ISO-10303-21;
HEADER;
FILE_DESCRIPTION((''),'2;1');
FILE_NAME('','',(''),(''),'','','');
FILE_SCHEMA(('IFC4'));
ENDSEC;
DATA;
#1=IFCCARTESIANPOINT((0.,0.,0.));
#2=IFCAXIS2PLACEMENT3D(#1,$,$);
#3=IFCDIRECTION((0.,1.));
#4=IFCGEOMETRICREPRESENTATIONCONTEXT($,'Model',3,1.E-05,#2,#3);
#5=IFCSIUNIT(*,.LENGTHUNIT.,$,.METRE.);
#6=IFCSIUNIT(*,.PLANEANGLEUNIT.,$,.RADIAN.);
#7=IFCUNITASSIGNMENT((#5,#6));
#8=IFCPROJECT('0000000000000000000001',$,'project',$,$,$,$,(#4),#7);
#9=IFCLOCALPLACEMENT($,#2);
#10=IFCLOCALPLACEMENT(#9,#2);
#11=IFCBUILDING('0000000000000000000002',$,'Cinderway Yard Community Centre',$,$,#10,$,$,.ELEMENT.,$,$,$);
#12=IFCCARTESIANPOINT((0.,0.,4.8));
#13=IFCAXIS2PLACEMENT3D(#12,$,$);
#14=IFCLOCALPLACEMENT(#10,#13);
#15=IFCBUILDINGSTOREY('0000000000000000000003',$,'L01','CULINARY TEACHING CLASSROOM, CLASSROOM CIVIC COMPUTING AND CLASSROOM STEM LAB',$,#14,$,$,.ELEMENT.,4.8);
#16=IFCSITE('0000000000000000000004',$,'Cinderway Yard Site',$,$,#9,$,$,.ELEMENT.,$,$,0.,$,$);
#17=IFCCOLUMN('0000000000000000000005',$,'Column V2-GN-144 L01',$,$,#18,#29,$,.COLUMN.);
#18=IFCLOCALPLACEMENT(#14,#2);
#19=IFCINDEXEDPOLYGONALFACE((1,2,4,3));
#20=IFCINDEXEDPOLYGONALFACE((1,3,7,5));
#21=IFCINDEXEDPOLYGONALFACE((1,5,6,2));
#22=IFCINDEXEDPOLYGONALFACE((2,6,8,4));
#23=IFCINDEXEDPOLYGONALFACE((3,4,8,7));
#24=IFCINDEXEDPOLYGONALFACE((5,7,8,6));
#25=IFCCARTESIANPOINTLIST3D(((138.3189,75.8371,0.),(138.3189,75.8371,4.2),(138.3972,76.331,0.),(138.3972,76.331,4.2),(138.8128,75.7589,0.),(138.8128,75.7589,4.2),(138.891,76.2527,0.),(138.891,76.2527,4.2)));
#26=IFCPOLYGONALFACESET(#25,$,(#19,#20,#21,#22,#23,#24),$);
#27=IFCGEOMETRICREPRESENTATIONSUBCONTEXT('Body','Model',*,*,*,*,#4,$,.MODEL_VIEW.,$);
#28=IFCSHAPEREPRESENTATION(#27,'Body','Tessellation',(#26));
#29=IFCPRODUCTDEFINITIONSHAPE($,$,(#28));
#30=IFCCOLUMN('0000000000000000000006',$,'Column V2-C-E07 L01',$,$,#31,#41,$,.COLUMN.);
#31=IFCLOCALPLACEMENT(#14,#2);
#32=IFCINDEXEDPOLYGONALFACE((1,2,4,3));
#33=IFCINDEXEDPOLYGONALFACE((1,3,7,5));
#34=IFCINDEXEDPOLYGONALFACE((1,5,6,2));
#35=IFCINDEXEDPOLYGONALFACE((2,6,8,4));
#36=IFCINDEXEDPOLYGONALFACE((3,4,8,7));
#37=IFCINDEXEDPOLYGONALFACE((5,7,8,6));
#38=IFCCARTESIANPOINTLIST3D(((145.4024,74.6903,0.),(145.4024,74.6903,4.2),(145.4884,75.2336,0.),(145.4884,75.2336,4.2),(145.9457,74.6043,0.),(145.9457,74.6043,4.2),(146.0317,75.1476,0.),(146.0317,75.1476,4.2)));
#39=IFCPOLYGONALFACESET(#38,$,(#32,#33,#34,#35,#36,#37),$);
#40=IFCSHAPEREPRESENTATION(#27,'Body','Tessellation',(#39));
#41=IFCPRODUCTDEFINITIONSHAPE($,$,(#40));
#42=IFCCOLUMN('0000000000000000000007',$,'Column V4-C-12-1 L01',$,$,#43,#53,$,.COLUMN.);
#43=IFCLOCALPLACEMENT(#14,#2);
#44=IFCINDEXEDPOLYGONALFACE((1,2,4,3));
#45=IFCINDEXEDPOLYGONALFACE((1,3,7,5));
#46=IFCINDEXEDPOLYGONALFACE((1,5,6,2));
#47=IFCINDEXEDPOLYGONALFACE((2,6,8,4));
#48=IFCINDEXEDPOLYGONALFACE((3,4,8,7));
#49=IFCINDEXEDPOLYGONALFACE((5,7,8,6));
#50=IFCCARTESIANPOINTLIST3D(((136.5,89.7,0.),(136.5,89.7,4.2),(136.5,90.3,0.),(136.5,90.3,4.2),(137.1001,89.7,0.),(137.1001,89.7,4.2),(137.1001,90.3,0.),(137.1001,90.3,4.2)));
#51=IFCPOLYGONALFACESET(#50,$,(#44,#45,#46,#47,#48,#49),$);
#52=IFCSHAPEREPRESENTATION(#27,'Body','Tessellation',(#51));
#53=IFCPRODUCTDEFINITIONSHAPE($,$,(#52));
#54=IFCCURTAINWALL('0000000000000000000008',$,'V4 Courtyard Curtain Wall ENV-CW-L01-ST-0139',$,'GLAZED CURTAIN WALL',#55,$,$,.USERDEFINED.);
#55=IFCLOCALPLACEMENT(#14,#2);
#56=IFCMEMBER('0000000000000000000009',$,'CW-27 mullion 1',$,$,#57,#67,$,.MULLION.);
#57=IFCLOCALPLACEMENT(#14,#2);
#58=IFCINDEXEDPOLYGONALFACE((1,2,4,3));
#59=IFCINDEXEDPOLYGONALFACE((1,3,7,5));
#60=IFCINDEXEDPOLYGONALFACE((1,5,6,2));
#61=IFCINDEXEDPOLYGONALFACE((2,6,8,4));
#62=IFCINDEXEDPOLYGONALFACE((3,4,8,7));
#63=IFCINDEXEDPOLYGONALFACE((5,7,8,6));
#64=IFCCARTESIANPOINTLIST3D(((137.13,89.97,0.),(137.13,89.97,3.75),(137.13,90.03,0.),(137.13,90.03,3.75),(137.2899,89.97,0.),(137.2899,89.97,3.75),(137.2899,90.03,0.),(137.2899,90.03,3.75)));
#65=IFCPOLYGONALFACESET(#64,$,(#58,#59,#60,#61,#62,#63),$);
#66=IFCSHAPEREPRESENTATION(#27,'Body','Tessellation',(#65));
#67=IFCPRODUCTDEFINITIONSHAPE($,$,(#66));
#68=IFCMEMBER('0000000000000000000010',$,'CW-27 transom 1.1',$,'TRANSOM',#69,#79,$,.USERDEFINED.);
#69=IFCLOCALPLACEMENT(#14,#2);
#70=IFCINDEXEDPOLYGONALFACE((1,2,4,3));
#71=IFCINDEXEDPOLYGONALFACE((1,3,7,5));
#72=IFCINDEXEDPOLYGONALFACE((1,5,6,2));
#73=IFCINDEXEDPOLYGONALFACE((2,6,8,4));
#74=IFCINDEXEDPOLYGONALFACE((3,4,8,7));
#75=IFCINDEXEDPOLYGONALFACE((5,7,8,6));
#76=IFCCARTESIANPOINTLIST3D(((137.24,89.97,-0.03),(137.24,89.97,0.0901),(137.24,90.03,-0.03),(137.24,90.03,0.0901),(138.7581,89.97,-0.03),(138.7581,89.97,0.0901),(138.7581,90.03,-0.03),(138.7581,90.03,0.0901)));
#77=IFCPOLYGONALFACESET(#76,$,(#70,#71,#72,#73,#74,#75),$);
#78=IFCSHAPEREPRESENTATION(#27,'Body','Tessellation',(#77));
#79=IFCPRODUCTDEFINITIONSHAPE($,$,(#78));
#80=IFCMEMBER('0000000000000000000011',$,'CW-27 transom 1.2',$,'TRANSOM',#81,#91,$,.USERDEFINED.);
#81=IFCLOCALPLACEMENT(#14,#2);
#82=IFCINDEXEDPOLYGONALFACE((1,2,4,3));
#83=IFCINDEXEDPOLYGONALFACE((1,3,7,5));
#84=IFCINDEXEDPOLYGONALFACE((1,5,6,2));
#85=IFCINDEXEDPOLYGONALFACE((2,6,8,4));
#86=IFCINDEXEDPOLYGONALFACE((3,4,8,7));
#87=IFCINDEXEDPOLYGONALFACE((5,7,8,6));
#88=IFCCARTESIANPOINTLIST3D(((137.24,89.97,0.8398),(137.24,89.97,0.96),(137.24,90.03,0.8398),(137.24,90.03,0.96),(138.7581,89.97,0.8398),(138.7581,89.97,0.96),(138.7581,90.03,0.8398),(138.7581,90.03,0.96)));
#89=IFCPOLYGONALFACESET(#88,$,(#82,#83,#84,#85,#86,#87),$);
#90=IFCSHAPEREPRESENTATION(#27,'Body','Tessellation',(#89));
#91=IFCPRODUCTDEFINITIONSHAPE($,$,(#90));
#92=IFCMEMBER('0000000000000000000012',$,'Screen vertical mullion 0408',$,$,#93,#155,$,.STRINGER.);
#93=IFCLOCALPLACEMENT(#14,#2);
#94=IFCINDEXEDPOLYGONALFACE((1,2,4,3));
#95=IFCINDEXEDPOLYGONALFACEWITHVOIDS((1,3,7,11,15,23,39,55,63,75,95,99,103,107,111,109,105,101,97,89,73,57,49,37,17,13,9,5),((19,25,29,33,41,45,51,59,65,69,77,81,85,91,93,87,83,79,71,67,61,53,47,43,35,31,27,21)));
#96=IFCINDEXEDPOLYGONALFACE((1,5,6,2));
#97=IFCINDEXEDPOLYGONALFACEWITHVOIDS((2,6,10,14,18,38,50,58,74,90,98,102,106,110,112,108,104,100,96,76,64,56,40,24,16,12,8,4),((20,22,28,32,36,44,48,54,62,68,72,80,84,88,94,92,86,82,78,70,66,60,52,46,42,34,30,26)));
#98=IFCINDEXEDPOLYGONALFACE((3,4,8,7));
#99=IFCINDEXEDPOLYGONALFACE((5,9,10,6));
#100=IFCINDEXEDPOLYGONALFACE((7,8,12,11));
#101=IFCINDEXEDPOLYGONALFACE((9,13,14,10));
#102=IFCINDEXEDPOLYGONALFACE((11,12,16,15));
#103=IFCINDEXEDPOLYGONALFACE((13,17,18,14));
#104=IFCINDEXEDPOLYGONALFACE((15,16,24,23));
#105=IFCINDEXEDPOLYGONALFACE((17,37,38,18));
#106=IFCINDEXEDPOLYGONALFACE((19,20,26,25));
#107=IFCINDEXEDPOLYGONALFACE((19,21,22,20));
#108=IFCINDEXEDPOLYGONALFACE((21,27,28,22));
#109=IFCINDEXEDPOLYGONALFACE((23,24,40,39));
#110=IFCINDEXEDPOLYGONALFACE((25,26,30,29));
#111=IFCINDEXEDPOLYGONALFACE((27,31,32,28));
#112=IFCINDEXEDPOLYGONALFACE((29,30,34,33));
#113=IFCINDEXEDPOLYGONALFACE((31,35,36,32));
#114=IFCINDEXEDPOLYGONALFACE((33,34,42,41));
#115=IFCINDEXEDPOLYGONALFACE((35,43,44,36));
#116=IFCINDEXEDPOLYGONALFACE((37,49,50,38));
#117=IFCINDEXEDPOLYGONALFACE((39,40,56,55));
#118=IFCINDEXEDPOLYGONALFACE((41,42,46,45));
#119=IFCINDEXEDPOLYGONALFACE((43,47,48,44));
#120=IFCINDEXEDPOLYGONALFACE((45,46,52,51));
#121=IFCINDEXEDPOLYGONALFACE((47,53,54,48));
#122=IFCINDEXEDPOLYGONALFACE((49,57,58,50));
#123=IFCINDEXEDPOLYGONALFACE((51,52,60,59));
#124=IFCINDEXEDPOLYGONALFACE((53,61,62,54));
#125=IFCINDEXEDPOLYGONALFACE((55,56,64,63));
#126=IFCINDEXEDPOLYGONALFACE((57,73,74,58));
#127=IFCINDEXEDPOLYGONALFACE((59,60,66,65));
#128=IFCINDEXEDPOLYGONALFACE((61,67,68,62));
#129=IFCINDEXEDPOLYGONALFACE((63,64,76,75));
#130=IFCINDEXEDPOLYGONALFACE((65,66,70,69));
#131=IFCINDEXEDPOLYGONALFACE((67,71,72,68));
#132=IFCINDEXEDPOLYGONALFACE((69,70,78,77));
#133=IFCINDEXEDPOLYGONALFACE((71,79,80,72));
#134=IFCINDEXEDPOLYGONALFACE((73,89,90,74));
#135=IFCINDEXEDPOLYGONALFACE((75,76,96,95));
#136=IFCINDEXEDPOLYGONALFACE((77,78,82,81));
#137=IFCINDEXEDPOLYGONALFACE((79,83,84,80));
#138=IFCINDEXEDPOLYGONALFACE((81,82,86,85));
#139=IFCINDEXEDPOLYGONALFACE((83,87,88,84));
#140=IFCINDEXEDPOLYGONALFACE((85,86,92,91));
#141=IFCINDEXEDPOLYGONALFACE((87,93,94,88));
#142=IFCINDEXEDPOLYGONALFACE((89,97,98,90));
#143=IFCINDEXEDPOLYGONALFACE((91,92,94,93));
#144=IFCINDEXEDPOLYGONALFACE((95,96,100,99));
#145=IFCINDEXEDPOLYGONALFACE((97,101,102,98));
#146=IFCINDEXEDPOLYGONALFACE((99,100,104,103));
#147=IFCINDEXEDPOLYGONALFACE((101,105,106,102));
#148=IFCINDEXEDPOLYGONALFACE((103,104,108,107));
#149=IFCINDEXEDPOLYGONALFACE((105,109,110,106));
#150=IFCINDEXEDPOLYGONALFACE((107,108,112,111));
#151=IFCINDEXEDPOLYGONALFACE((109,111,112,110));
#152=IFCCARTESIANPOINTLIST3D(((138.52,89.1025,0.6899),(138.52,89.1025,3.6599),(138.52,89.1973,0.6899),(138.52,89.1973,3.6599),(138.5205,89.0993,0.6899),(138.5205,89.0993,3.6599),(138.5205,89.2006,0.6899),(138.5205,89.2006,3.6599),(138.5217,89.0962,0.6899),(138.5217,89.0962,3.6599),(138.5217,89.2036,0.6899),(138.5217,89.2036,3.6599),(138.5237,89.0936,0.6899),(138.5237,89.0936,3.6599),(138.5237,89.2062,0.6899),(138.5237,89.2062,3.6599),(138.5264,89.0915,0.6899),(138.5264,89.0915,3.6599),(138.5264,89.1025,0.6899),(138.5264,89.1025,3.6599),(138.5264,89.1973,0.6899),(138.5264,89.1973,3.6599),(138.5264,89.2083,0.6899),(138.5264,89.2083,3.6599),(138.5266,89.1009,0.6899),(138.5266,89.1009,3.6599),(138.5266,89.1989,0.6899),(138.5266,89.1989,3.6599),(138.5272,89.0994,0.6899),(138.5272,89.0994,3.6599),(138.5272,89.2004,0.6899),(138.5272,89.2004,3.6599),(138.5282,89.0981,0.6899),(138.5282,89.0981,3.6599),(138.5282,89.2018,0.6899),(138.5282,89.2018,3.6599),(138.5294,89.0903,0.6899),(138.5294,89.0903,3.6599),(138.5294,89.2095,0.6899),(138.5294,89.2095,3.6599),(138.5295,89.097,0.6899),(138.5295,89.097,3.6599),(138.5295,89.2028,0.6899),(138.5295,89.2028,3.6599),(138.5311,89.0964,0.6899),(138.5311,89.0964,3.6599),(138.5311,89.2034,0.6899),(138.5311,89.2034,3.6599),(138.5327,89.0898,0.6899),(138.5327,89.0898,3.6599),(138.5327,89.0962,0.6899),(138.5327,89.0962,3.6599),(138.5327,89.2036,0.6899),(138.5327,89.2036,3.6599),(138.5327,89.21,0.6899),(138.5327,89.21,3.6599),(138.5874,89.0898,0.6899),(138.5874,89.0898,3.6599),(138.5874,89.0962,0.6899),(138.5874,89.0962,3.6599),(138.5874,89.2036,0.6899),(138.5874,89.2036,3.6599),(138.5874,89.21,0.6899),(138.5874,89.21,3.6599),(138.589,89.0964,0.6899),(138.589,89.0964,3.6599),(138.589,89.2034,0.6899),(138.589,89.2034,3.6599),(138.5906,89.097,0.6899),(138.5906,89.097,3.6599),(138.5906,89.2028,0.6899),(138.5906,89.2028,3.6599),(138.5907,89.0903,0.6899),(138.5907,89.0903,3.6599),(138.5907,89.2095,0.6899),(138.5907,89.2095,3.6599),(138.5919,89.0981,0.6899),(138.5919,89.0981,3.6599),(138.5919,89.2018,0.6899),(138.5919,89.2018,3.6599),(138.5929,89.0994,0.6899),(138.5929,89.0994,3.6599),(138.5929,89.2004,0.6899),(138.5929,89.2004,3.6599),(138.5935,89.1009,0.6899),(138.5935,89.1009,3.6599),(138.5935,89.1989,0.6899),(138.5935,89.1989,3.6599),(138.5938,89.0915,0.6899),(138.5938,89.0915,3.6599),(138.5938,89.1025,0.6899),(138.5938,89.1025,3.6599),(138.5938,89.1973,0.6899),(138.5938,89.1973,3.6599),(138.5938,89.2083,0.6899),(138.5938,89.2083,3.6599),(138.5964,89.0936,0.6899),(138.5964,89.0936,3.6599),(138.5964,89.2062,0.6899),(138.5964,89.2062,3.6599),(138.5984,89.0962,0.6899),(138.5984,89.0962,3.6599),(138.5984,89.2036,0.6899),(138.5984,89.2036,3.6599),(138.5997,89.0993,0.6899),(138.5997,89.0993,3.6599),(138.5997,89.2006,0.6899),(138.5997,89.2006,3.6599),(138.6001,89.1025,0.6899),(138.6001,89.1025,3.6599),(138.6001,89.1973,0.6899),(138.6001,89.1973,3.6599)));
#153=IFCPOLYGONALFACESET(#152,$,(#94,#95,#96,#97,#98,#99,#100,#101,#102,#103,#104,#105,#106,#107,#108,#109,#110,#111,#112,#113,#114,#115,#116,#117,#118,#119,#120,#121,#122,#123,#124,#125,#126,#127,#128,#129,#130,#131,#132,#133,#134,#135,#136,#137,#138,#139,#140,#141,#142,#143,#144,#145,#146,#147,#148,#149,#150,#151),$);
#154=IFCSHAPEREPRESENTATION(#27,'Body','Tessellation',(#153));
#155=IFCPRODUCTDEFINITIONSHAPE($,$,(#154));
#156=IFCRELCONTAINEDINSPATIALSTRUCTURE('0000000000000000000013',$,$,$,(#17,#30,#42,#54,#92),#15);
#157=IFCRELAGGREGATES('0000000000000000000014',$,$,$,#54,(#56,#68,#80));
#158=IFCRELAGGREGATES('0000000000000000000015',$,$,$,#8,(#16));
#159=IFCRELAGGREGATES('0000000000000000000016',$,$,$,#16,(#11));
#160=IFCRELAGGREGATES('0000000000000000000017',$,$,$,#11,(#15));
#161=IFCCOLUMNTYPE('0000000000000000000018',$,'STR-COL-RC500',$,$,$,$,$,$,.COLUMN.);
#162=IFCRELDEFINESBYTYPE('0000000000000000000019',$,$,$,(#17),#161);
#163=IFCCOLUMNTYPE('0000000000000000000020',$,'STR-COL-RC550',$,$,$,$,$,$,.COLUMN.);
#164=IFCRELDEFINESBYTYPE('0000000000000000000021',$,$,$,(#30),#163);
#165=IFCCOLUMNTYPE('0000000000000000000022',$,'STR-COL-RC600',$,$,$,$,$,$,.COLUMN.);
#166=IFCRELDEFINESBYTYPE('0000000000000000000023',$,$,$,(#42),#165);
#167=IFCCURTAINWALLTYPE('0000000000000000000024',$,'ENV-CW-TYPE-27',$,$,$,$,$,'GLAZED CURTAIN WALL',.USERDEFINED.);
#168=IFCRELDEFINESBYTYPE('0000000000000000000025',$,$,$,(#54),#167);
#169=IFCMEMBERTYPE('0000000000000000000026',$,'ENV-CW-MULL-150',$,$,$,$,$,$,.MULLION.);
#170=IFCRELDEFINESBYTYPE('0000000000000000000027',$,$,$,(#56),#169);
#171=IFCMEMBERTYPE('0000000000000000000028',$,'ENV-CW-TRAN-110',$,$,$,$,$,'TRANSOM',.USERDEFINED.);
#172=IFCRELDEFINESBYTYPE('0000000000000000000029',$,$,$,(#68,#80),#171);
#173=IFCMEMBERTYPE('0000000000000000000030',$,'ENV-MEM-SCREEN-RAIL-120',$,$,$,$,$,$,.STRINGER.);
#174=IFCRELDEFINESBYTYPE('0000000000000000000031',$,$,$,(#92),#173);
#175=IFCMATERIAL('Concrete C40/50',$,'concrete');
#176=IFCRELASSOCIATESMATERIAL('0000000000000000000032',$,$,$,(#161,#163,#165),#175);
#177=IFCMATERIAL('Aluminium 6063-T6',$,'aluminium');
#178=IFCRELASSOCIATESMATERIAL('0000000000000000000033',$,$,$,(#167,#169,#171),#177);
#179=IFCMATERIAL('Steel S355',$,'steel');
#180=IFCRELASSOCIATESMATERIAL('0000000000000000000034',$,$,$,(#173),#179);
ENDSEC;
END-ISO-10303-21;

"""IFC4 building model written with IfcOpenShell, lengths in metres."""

from ifc_helpers import new_model, si_unit, direction, frame, origin, origin_2d, place, context, subcontext, project, spatial, rectangle, hollow_rectangle, extrude, material, material_profile, profile_set, type_object, element, aggregate, save


model = new_model("IFC4")

# Units and contexts
model_context = context("Model", 3, precision=1e-05, world=origin(), true_north=direction((0.0, 1.0)))
body_context = subcontext(model_context, "Body", "Model", "MODEL_VIEW")
ifc_project = project(units=[si_unit("LENGTHUNIT", "METRE"), si_unit("PLANEANGLEUNIT", "RADIAN")], contexts=[model_context])

# Site, building, storey
site_placement = place(None, origin())
site = spatial("IfcSite", under=ifc_project, at=site_placement, Name="Cinderway Yard Site", CompositionType="ELEMENT", RefElevation=0.0)
building_placement = place(site_placement, origin())
building = spatial("IfcBuilding", under=site, at=building_placement, Name="Cinderway Yard Community Centre", CompositionType="ELEMENT")
storey_placement = place(building_placement, frame((0.0, 0.0, 4.8)))
storey = spatial("IfcBuildingStorey", under=building, at=storey_placement, Name="L01", Description="CULINARY TEACHING CLASSROOM, CLASSROOM CIVIC COMPUTING AND CLASSROOM STEM LAB", CompositionType="ELEMENT", Elevation=4.8)

# Columns
ifc_material_1 = material(Name="Concrete C40/50", Category="concrete")
ifc_material_profile_1 = material_profile(ifc_material_1, rectangle(XDim=0.5, YDim=0.5, at=origin_2d()), Name="Concrete C40/50")
ifc_profile_set_1 = profile_set([ifc_material_profile_1], Name="Concrete C40/50")
column_type_1 = type_object("IfcColumnType", Name="STR-COL-RC500", PredefinedType="COLUMN", material=ifc_profile_set_1)
column_1_placement = place(storey_placement, frame((138.605, 76.0449, 0.0), z_axis=(0.0, 0.0, 1.0), x_axis=(0.987688, -0.156434, 0.0)))
element("IfcColumn", 1, at=column_1_placement, inside=storey, type_object=column_type_1, Name="Column V2-GN-144 L01", PredefinedType="COLUMN", context=body_context, shape_type="SweptSolid", body=[
    extrude(rectangle(XDim=0.5, YDim=0.5, at=origin_2d()), origin(), (0.0, 0.0, 1.0), 4.2),
])
ifc_material_profile_2 = material_profile(ifc_material_1, rectangle(XDim=0.55, YDim=0.55, at=origin_2d()), Name="Concrete C40/50")
ifc_profile_set_2 = profile_set([ifc_material_profile_2], Name="Concrete C40/50")
column_type_2 = type_object("IfcColumnType", Name="STR-COL-RC550", PredefinedType="COLUMN", material=ifc_profile_set_2)
column_2_placement = place(storey_placement, frame((145.717, 74.9189, 0.0), z_axis=(0.0, 0.0, 1.0), x_axis=(0.987688, -0.156434, 0.0)))
element("IfcColumn", 2, at=column_2_placement, inside=storey, type_object=column_type_2, Name="Column V2-C-E07 L01", PredefinedType="COLUMN", context=body_context, shape_type="SweptSolid", body=[
    extrude(rectangle(XDim=0.55, YDim=0.55, at=origin_2d()), origin(), (0.0, 0.0, 1.0), 4.2),
])
ifc_material_profile_3 = material_profile(ifc_material_1, rectangle(XDim=0.6001, YDim=0.6001, at=origin_2d()), Name="Concrete C40/50")
ifc_profile_set_3 = profile_set([ifc_material_profile_3], Name="Concrete C40/50")
column_type_3 = type_object("IfcColumnType", Name="STR-COL-RC600", PredefinedType="COLUMN", material=ifc_profile_set_3)
column_3_placement = place(storey_placement, frame((136.8, 90.0, 0.0), z_axis=(0.0, 0.0, 1.0), x_axis=(1.0, 0.0, 0.0)))
element("IfcColumn", 3, at=column_3_placement, inside=storey, type_object=column_type_3, Name="Column V4-C-12-1 L01", PredefinedType="COLUMN", context=body_context, shape_type="SweptSolid", body=[
    extrude(rectangle(XDim=0.6001, YDim=0.6001, at=origin_2d()), origin(), (0.0, 0.0, 1.0), 4.2),
])

# Curtain wall, members
ifc_material_2 = material(Name="Aluminium 6063-T6", Category="aluminium")
curtain_wall_type = type_object("IfcCurtainWallType", Name="ENV-CW-TYPE-27", ElementType="GLAZED CURTAIN WALL", PredefinedType="USERDEFINED", material=ifc_material_2)
curtain_wall_placement = place(storey_placement, origin())
curtain_wall = element("IfcCurtainWall", 4, at=curtain_wall_placement, inside=storey, type_object=curtain_wall_type, Name="V4 Courtyard Curtain Wall ENV-CW-L01-ST-0139", ObjectType="GLAZED CURTAIN WALL", PredefinedType="USERDEFINED")
ifc_material_profile_4 = material_profile(ifc_material_2, rectangle(XDim=0.0601, YDim=0.1599, at=origin_2d()), Name="Aluminium 6063-T6")
ifc_profile_set_4 = profile_set([ifc_material_profile_4], Name="Aluminium 6063-T6")
member_type_1 = type_object("IfcMemberType", Name="ENV-CW-MULL-150", PredefinedType="MULLION", material=ifc_profile_set_4)
member_1_placement = place(storey_placement, frame((137.21, 90.0, 0.0), z_axis=(0.0, 0.0, 1.0), x_axis=(0.0, 1.0, 0.0)))
member_1 = element("IfcMember", 5, at=member_1_placement, type_object=member_type_1, Name="CW-27 mullion 1", PredefinedType="MULLION", context=body_context, shape_type="SweptSolid", body=[
    extrude(rectangle(XDim=0.0601, YDim=0.1599, at=origin_2d()), origin(), (0.0, 0.0, 1.0), 3.75),
])
ifc_material_profile_5 = material_profile(ifc_material_2, rectangle(XDim=0.0601, YDim=0.1201, at=origin_2d()), Name="Aluminium 6063-T6")
ifc_profile_set_5 = profile_set([ifc_material_profile_5], Name="Aluminium 6063-T6")
member_type_2 = type_object("IfcMemberType", Name="ENV-CW-TRAN-110", ElementType="TRANSOM", PredefinedType="USERDEFINED", material=ifc_profile_set_5)
member_2_placement = place(storey_placement, frame((137.24, 90.0, 0.03), z_axis=(1.0, 0.0, 0.0), x_axis=(0.0, 1.0, 0.0)))
member_2 = element("IfcMember", 6, at=member_2_placement, type_object=member_type_2, Name="CW-27 transom 1.1", ObjectType="TRANSOM", PredefinedType="USERDEFINED", context=body_context, shape_type="SweptSolid", body=[
    extrude(rectangle(XDim=0.0601, YDim=0.1201, at=origin_2d()), origin(), (0.0, 0.0, 1.0), 1.5181),
])
member_3_placement = place(storey_placement, frame((137.24, 90.0, 0.8999), z_axis=(1.0, 0.0, 0.0), x_axis=(0.0, 1.0, 0.0)))
member_3 = element("IfcMember", 7, at=member_3_placement, type_object=member_type_2, Name="CW-27 transom 1.2", ObjectType="TRANSOM", PredefinedType="USERDEFINED", context=body_context, shape_type="SweptSolid", body=[
    extrude(rectangle(XDim=0.0601, YDim=0.1201, at=origin_2d()), origin(), (0.0, 0.0, 1.0), 1.5181),
])
aggregate(curtain_wall, [member_1, member_2, member_3])

# Member
ifc_material_3 = material(Name="Steel S355", Category="steel")
ifc_material_profile_6 = material_profile(ifc_material_3, hollow_rectangle(XDim=0.0801, YDim=0.1201, WallThickness=0.0063, InnerFilletRadius=0.0063, OuterFilletRadius=0.0127, at=origin_2d()), Name="Steel S355")
ifc_profile_set_6 = profile_set([ifc_material_profile_6], Name="Steel S355")
member_type_3 = type_object("IfcMemberType", Name="ENV-MEM-SCREEN-RAIL-120", PredefinedType="STRINGER", material=ifc_profile_set_6)
for number, where, z_axis, x_axis, name in (
    (8, (138.5601, 89.1499, 0.6899), (0.0, 0.0, 1.0), (1.0, 0.0, 0.0), "Screen vertical mullion 0408"),
):
    element("IfcMember", number, at=place(storey_placement, frame(where, z_axis=z_axis, x_axis=x_axis)), inside=storey, type_object=member_type_3, Name=name, PredefinedType="STRINGER", context=body_context, shape_type="SweptSolid", body=[
        extrude(hollow_rectangle(XDim=0.0801, YDim=0.1201, WallThickness=0.0063, InnerFilletRadius=0.0063, OuterFilletRadius=0.0127, at=origin_2d()), origin(), (0.0, 0.0, 1.0), 2.97),
    ])

save(model, "model.ifc")
